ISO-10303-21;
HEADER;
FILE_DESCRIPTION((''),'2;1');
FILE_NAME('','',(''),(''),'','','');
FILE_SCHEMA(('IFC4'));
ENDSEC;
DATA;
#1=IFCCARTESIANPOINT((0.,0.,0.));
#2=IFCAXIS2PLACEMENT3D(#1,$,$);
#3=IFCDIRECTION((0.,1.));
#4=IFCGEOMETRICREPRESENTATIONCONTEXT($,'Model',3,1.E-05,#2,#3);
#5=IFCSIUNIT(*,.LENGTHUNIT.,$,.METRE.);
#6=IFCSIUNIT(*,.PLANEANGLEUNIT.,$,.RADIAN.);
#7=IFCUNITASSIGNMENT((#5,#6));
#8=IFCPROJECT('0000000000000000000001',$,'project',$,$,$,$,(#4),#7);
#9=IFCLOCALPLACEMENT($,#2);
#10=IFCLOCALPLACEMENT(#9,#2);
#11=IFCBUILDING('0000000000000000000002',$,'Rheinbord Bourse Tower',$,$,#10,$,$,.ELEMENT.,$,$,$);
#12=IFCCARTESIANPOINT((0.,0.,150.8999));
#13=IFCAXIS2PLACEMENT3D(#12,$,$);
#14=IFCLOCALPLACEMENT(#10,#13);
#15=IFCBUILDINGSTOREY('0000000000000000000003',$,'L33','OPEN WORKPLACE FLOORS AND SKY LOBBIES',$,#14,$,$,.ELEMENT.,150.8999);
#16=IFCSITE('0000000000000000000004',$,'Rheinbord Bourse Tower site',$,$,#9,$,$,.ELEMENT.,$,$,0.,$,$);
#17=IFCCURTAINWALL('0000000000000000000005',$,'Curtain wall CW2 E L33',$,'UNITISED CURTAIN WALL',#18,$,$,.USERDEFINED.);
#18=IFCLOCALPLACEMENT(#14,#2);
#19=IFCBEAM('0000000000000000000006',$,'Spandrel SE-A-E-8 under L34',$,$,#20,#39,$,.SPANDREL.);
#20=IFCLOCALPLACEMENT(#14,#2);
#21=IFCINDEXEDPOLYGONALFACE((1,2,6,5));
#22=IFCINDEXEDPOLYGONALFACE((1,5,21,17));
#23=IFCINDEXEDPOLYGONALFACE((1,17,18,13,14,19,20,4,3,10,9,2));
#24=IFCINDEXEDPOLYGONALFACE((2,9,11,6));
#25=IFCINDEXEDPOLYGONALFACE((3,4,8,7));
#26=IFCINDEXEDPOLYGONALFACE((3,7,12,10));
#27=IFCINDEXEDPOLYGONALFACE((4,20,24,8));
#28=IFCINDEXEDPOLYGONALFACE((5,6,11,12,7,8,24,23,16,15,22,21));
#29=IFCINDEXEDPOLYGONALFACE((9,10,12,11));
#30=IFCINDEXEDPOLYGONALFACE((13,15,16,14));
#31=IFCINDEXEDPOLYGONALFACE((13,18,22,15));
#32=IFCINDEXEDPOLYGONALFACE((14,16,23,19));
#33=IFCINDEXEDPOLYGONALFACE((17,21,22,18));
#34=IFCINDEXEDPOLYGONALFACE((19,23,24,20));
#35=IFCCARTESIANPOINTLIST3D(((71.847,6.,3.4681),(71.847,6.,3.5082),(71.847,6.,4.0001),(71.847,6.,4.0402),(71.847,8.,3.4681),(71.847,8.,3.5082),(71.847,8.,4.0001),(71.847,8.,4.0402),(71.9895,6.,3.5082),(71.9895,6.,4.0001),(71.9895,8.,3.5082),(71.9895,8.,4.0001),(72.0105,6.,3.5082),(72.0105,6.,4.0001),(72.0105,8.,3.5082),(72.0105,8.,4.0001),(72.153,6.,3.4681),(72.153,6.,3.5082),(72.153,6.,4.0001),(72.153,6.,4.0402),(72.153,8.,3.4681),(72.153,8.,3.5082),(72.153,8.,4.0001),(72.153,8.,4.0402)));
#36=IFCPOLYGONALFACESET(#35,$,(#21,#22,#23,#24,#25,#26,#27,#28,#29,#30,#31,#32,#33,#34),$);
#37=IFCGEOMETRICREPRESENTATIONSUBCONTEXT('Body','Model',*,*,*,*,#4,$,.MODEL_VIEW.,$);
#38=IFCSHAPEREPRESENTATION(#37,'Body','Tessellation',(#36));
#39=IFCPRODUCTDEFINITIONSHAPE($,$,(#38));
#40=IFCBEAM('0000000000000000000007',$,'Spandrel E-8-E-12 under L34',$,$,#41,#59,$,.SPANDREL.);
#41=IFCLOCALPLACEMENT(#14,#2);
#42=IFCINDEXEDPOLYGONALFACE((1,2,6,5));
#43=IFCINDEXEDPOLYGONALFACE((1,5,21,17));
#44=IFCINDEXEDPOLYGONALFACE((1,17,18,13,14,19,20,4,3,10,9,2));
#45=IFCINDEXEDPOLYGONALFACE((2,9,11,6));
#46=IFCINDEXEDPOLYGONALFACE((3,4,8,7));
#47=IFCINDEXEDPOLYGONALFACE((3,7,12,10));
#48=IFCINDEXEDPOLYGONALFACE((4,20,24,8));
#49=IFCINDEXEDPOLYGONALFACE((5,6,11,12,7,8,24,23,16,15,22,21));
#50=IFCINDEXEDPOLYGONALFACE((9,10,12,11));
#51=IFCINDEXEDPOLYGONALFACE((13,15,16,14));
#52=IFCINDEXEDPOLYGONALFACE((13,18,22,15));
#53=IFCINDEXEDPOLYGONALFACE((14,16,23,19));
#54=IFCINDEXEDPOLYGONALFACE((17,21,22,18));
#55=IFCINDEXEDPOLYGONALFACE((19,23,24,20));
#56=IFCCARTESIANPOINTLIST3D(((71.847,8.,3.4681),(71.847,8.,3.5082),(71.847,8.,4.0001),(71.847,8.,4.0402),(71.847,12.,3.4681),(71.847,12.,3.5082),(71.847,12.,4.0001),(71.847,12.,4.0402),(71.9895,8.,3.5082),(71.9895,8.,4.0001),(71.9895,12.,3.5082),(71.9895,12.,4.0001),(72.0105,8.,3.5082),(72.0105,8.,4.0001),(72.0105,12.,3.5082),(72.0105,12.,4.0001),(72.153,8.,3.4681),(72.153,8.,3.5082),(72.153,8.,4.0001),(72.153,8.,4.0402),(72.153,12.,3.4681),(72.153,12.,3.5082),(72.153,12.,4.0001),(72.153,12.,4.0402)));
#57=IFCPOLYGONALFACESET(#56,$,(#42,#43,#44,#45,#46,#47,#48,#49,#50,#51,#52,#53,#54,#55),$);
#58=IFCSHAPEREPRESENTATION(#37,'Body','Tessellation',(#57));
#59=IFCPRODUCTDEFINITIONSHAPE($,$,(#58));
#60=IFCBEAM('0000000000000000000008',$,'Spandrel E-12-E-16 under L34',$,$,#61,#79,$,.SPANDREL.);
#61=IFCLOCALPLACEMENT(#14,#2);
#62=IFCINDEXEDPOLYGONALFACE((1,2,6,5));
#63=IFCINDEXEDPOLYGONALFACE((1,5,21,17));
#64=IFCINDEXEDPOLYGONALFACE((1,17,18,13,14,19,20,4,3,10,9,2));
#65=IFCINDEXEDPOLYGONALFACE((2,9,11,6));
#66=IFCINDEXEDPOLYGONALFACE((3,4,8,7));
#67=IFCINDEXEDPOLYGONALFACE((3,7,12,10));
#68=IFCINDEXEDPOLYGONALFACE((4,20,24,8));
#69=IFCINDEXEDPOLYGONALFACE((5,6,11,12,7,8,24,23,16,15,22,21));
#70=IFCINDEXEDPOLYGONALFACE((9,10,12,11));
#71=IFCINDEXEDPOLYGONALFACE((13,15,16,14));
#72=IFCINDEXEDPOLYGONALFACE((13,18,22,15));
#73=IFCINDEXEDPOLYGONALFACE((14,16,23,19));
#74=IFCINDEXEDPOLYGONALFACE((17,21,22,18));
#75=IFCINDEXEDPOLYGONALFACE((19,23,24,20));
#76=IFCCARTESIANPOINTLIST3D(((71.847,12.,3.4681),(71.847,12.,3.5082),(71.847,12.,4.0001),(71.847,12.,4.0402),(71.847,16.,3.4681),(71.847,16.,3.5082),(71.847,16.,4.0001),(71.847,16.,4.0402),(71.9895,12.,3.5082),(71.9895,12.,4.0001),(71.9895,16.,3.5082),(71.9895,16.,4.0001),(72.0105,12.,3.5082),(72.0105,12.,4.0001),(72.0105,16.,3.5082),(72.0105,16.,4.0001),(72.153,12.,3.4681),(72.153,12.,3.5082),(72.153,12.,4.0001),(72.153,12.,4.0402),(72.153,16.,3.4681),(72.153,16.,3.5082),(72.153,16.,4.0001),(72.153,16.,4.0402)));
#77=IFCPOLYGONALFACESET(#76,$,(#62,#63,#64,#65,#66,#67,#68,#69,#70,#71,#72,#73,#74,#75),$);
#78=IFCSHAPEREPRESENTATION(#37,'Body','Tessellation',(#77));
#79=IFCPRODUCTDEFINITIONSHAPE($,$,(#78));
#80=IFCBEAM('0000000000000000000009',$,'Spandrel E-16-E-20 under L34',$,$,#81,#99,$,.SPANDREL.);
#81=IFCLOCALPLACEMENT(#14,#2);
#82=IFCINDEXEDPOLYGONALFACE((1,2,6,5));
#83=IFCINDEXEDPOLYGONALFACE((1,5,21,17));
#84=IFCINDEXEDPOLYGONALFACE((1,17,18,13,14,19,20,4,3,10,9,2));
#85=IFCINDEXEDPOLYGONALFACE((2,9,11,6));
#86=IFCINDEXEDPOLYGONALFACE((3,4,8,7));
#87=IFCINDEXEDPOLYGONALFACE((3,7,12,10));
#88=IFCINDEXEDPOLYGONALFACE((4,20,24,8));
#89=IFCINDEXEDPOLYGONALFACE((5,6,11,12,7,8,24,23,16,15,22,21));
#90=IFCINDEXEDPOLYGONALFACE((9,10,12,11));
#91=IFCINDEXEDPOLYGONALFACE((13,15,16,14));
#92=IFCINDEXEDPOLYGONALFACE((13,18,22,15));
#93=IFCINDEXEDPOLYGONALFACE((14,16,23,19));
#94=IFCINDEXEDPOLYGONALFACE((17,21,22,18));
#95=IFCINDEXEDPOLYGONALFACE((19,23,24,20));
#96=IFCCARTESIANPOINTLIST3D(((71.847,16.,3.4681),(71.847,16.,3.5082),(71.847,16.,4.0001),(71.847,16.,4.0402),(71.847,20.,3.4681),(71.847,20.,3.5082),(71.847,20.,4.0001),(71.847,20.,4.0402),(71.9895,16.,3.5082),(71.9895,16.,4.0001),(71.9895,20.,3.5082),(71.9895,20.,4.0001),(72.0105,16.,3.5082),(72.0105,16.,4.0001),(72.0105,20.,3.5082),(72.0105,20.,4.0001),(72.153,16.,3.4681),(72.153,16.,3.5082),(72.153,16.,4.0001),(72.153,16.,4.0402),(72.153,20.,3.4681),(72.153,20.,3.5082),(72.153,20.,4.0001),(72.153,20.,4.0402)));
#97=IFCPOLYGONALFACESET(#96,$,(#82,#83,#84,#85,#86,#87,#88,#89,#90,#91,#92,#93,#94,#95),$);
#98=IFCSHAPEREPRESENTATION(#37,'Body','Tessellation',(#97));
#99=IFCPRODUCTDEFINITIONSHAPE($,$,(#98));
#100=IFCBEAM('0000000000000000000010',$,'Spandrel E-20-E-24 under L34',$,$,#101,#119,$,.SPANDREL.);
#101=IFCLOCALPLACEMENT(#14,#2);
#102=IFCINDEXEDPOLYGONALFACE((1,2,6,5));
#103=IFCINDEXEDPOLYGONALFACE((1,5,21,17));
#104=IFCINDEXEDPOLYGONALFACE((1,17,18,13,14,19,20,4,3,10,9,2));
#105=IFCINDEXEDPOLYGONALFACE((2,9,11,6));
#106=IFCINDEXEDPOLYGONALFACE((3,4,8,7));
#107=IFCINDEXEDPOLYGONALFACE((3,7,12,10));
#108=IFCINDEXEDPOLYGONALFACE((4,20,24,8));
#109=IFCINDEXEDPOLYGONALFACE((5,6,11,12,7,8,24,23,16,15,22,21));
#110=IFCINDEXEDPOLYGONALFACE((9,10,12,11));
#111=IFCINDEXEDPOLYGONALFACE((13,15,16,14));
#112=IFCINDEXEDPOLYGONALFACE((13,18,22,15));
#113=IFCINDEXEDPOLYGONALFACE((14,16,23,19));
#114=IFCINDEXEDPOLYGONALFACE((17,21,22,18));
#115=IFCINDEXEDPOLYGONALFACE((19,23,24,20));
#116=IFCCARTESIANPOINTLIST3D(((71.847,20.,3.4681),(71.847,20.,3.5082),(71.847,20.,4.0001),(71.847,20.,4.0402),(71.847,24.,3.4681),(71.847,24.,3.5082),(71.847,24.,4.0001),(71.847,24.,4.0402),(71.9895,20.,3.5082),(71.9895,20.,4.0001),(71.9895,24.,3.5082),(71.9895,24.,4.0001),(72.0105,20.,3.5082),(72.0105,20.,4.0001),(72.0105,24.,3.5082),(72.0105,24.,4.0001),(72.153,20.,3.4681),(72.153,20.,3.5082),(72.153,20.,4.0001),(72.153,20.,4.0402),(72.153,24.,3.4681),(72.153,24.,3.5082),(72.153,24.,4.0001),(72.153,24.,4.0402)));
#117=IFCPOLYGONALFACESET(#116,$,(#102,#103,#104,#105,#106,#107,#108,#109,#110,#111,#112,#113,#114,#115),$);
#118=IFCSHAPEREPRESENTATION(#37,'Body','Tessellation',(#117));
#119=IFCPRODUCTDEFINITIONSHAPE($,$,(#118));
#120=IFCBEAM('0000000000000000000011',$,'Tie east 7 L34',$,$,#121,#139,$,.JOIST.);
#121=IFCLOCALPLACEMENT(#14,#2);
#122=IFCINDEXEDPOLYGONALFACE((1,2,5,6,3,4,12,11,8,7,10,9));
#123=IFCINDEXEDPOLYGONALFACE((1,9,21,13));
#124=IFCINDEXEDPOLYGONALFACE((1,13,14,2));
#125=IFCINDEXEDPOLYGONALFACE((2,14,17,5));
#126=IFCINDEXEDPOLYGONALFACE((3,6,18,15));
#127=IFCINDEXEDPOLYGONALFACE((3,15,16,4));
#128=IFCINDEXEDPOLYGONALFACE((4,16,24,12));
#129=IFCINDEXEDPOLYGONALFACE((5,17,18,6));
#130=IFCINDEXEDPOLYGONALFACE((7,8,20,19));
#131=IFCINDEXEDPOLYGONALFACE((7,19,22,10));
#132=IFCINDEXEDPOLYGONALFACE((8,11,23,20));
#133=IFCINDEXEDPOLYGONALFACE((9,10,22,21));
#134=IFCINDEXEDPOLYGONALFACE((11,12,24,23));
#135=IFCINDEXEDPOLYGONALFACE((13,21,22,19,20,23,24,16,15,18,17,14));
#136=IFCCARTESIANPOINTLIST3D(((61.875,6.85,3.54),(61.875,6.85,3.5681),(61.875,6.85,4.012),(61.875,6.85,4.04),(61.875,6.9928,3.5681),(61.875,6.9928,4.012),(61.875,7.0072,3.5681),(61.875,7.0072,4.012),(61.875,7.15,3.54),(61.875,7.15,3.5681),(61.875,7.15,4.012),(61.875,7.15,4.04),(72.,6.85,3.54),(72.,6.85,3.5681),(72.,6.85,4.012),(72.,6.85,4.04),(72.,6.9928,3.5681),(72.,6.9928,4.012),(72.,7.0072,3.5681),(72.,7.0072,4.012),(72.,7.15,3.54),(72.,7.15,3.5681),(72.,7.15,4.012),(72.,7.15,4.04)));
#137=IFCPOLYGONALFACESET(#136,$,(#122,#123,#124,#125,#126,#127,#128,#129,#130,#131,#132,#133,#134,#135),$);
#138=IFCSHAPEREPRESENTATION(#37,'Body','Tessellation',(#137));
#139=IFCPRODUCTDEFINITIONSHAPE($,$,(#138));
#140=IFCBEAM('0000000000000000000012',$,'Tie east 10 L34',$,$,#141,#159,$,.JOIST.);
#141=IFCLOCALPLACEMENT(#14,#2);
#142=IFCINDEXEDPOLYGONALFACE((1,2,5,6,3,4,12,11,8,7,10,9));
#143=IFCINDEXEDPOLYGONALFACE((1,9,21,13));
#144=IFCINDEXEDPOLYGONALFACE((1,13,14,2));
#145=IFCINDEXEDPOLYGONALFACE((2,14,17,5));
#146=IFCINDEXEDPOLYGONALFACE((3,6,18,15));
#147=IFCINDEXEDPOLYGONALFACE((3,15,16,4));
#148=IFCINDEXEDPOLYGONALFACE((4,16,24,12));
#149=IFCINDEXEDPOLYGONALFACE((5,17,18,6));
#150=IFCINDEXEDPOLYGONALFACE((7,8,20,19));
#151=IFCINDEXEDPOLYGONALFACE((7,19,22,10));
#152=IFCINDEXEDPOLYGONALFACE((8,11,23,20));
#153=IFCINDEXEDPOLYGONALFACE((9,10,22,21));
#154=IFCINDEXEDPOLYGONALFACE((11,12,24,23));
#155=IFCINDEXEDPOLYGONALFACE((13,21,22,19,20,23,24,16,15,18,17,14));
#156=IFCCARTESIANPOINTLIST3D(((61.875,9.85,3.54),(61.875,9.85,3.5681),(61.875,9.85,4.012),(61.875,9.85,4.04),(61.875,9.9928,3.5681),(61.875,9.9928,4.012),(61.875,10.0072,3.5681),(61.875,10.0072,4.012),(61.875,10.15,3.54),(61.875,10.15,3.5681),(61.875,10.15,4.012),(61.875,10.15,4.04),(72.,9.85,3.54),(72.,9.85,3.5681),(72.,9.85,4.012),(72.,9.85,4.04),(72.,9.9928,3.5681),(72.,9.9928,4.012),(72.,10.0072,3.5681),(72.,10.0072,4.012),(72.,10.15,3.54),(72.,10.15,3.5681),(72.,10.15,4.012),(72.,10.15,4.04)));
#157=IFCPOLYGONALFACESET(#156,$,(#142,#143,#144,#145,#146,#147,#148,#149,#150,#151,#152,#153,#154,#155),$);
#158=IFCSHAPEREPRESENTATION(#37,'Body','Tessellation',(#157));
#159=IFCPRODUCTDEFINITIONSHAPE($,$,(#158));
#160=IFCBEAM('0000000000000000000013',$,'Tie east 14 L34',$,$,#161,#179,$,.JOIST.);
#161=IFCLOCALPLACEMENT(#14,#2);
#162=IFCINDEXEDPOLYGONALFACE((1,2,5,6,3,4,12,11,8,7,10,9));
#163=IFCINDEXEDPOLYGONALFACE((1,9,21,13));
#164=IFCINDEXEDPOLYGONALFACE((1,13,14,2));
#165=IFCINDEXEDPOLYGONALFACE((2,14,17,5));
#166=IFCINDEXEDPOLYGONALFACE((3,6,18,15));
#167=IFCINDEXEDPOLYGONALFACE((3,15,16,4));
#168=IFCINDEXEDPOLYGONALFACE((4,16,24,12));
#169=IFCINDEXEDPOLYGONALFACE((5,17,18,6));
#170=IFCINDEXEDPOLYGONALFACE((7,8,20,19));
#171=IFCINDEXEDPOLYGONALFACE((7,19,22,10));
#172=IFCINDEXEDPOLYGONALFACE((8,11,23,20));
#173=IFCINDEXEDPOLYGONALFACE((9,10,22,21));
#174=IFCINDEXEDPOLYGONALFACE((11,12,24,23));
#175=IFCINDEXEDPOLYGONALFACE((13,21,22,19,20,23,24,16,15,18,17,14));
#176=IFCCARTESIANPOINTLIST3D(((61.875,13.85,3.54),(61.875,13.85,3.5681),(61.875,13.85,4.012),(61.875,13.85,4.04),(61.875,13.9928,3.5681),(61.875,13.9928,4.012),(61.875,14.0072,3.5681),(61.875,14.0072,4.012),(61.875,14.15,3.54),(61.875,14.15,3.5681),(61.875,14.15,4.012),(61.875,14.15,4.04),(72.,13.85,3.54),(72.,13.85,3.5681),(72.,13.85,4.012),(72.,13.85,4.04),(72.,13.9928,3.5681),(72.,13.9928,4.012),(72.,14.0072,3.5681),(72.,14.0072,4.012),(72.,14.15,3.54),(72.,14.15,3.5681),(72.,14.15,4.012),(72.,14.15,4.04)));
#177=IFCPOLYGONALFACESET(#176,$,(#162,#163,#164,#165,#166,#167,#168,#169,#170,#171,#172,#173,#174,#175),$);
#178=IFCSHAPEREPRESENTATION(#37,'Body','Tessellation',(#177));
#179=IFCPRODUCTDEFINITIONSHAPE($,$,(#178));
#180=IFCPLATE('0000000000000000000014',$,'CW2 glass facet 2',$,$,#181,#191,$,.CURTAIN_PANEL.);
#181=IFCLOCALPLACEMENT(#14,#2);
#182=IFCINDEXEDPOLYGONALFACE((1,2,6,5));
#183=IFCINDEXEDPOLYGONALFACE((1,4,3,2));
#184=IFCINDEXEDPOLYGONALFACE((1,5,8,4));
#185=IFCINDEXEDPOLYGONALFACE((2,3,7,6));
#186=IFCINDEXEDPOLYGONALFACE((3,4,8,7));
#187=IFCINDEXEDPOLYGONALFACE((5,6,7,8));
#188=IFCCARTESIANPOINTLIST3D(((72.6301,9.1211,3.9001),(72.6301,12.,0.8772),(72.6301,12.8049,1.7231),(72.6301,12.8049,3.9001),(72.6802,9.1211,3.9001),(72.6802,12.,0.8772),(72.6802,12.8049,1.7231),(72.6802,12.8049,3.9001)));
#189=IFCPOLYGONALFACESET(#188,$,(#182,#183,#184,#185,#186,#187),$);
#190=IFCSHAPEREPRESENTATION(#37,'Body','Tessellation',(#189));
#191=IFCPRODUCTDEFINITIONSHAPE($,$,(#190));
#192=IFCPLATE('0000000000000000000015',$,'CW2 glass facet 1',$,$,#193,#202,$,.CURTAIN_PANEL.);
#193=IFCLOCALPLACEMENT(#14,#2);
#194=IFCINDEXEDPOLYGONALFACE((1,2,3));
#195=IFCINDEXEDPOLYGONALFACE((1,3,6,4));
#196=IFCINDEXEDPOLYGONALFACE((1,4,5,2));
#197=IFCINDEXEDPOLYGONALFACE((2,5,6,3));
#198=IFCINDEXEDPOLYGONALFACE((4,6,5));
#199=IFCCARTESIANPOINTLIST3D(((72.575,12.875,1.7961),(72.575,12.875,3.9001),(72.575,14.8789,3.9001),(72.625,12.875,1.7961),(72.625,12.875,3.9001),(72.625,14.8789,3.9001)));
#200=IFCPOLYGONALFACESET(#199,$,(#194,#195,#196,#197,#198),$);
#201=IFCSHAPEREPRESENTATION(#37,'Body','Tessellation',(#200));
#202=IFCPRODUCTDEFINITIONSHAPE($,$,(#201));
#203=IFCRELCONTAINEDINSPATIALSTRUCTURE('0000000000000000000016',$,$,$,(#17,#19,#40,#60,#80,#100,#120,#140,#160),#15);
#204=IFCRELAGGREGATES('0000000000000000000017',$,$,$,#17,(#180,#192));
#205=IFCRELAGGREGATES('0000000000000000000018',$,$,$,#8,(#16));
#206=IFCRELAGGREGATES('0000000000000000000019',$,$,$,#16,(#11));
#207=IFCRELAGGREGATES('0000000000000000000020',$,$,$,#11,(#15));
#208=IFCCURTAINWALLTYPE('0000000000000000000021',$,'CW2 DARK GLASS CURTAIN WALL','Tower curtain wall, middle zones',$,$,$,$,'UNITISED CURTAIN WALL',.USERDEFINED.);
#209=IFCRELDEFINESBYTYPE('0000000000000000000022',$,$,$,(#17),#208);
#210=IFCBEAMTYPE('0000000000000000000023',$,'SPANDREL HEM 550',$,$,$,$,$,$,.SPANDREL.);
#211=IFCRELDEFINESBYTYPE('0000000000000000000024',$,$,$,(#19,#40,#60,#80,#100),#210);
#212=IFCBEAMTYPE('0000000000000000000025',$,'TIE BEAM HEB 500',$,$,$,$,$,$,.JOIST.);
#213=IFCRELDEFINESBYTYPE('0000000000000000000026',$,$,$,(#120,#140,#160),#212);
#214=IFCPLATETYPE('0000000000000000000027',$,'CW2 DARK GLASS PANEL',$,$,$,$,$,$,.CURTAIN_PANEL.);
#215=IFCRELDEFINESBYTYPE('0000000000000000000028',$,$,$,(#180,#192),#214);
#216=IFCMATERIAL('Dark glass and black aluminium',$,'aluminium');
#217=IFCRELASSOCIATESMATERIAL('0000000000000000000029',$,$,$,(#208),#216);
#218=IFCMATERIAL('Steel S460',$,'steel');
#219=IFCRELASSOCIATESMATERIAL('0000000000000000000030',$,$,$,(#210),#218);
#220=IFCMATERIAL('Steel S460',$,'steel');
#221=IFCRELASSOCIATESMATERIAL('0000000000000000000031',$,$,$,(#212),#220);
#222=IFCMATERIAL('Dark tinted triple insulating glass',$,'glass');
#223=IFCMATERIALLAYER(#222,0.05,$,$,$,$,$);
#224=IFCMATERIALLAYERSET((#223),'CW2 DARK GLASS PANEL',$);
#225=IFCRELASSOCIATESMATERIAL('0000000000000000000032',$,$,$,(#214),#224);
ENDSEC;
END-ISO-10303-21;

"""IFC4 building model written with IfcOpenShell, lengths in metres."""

from ifc_helpers import new_model, si_unit, direction, frame, origin, origin_2d, place, context, subcontext, project, spatial, polyline, i_section, outline, extrude, material, layer, layer_set, material_profile, profile_set, type_object, element, aggregate, save


model = new_model("IFC4")

# Units and contexts
model_context = context("Model", 3, precision=1e-05, world=origin(), true_north=direction((0.0, 1.0)))
body_context = subcontext(model_context, "Body", "Model", "MODEL_VIEW")
ifc_project = project(units=[si_unit("LENGTHUNIT", "METRE"), si_unit("PLANEANGLEUNIT", "RADIAN")], contexts=[model_context])

# Site, building, storey
site_placement = place(None, origin())
site = spatial("IfcSite", under=ifc_project, at=site_placement, Name="Rheinbord Bourse Tower site", CompositionType="ELEMENT", RefElevation=0.0)
building_placement = place(site_placement, origin())
building = spatial("IfcBuilding", under=site, at=building_placement, Name="Rheinbord Bourse Tower", CompositionType="ELEMENT")
storey_placement = place(building_placement, frame((0.0, 0.0, 150.8999)))
storey = spatial("IfcBuildingStorey", under=building, at=storey_placement, Name="L33", Description="OPEN WORKPLACE FLOORS AND SKY LOBBIES", CompositionType="ELEMENT", Elevation=150.8999)

# Curtain wall
ifc_material_1 = material(Name="Dark glass and black aluminium", Category="aluminium")
curtain_wall_type = type_object("IfcCurtainWallType", Name="CW2 DARK GLASS CURTAIN WALL", Description="Tower curtain wall, middle zones", ElementType="UNITISED CURTAIN WALL", PredefinedType="USERDEFINED", material=ifc_material_1)
curtain_wall_placement = place(storey_placement, origin())
curtain_wall = element("IfcCurtainWall", 1, at=curtain_wall_placement, inside=storey, type_object=curtain_wall_type, Name="Curtain wall CW2 E L33", ObjectType="UNITISED CURTAIN WALL", PredefinedType="USERDEFINED")

# Beams
ifc_material_2 = material(Name="Steel S460", Category="steel")
ifc_material_profile_1 = material_profile(ifc_material_2, i_section(OverallWidth=0.3059, OverallDepth=0.572, WebThickness=0.021, FlangeThickness=0.04, at=origin_2d()), Name="HEM 550")
ifc_profile_set_1 = profile_set([ifc_material_profile_1], Name="Steel S460")
beam_type_1 = type_object("IfcBeamType", Name="SPANDREL HEM 550", PredefinedType="SPANDREL", material=ifc_profile_set_1)
beam_1_placement = place(storey_placement, frame((72.0, 6.0, 3.7542), z_axis=(0.0, 1.0, 0.0), x_axis=(-1.0, 0.0, 0.0)))
element("IfcBeam", 2, at=beam_1_placement, inside=storey, type_object=beam_type_1, Name="Spandrel SE-A-E-8 under L34", PredefinedType="SPANDREL", context=body_context, shape_type="SweptSolid", body=[
    extrude(i_section(OverallWidth=0.3059, OverallDepth=0.572, WebThickness=0.021, FlangeThickness=0.04, at=origin_2d()), origin(), (0.0, 0.0, 1.0), 2.0),
])
for number, where, z_axis, x_axis, name in (
    (3, (72.0, 8.0, 3.7542), (0.0, 1.0, 0.0), (-1.0, 0.0, 0.0), "Spandrel E-8-E-12 under L34"),
    (4, (72.0, 12.0, 3.7542), (0.0, 1.0, 0.0), (-1.0, 0.0, 0.0), "Spandrel E-12-E-16 under L34"),
    (5, (72.0, 16.0, 3.7542), (0.0, 1.0, 0.0), (-1.0, 0.0, 0.0), "Spandrel E-16-E-20 under L34"),
    (6, (72.0, 20.0, 3.7542), (0.0, 1.0, 0.0), (-1.0, 0.0, 0.0), "Spandrel E-20-E-24 under L34"),
):
    element("IfcBeam", number, at=place(storey_placement, frame(where, z_axis=z_axis, x_axis=x_axis)), inside=storey, type_object=beam_type_1, Name=name, PredefinedType="SPANDREL", context=body_context, shape_type="SweptSolid", body=[
        extrude(i_section(OverallWidth=0.3059, OverallDepth=0.572, WebThickness=0.021, FlangeThickness=0.04, at=origin_2d()), origin(), (0.0, 0.0, 1.0), 4.0),
    ])
ifc_material_3 = material(Name="Steel S460", Category="steel")
ifc_material_profile_2 = material_profile(ifc_material_3, i_section(OverallWidth=0.3, OverallDepth=0.5, WebThickness=0.0144, FlangeThickness=0.0281, at=origin_2d()), Name="HEB 500")
ifc_profile_set_2 = profile_set([ifc_material_profile_2], Name="Steel S460")
beam_type_2 = type_object("IfcBeamType", Name="TIE BEAM HEB 500", PredefinedType="JOIST", material=ifc_profile_set_2)
for number, where, z_axis, x_axis, name in (
    (7, (61.875, 7.0, 3.79), (1.0, 0.0, 0.0), (0.0, 1.0, 0.0), "Tie east 7 L34"),
    (8, (61.875, 10.0, 3.79), (1.0, 0.0, 0.0), (0.0, 1.0, 0.0), "Tie east 10 L34"),
    (9, (61.875, 14.0, 3.79), (1.0, 0.0, 0.0), (0.0, 1.0, 0.0), "Tie east 14 L34"),
):
    element("IfcBeam", number, at=place(storey_placement, frame(where, z_axis=z_axis, x_axis=x_axis)), inside=storey, type_object=beam_type_2, Name=name, PredefinedType="JOIST", context=body_context, shape_type="SweptSolid", body=[
        extrude(i_section(OverallWidth=0.3, OverallDepth=0.5, WebThickness=0.0144, FlangeThickness=0.0281, at=origin_2d()), origin(), (0.0, 0.0, 1.0), 10.125),
    ])

# Plates
ifc_material_4 = material(Name="Dark tinted triple insulating glass", Category="glass")
ifc_layer_1 = layer(ifc_material_4, 0.05)
ifc_layer_set_1 = layer_set([ifc_layer_1], Name="CW2 DARK GLASS PANEL")
plate_type = type_object("IfcPlateType", Name="CW2 DARK GLASS PANEL", PredefinedType="CURTAIN_PANEL", material=ifc_layer_set_1)
plate_1_placement = place(storey_placement, frame((72.6802, 12.8049, 3.9001), z_axis=(-1.0, 0.0, 0.0), x_axis=(0.0, 0.0, -1.0)))
plate_1 = element("IfcPlate", 10, at=plate_1_placement, type_object=plate_type, Name="CW2 glass facet 2", PredefinedType="CURTAIN_PANEL", context=body_context, shape_type="SweptSolid", body=[
    extrude(outline(polyline([(0.0, 0.0), (2.177, 0.0), (3.0229, 0.8049), (0.0, 3.6838), (0.0, 0.0)])), origin(), (0.0, 0.0, 1.0), 0.05),
])
plate_2_placement = place(storey_placement, frame((72.625, 12.875, 3.9001), z_axis=(-1.0, 0.0, 0.0), x_axis=(0.0, 1.0, 0.0)))
plate_2 = element("IfcPlate", 11, at=plate_2_placement, type_object=plate_type, Name="CW2 glass facet 1", PredefinedType="CURTAIN_PANEL", context=body_context, shape_type="SweptSolid", body=[
    extrude(outline(polyline([(0.0, 0.0), (2.0039, 0.0), (0.0, 2.104), (0.0, 0.0)])), origin(), (0.0, 0.0, 1.0), 0.05),
])
aggregate(curtain_wall, [plate_1, plate_2])

save(model, "model.ifc")
